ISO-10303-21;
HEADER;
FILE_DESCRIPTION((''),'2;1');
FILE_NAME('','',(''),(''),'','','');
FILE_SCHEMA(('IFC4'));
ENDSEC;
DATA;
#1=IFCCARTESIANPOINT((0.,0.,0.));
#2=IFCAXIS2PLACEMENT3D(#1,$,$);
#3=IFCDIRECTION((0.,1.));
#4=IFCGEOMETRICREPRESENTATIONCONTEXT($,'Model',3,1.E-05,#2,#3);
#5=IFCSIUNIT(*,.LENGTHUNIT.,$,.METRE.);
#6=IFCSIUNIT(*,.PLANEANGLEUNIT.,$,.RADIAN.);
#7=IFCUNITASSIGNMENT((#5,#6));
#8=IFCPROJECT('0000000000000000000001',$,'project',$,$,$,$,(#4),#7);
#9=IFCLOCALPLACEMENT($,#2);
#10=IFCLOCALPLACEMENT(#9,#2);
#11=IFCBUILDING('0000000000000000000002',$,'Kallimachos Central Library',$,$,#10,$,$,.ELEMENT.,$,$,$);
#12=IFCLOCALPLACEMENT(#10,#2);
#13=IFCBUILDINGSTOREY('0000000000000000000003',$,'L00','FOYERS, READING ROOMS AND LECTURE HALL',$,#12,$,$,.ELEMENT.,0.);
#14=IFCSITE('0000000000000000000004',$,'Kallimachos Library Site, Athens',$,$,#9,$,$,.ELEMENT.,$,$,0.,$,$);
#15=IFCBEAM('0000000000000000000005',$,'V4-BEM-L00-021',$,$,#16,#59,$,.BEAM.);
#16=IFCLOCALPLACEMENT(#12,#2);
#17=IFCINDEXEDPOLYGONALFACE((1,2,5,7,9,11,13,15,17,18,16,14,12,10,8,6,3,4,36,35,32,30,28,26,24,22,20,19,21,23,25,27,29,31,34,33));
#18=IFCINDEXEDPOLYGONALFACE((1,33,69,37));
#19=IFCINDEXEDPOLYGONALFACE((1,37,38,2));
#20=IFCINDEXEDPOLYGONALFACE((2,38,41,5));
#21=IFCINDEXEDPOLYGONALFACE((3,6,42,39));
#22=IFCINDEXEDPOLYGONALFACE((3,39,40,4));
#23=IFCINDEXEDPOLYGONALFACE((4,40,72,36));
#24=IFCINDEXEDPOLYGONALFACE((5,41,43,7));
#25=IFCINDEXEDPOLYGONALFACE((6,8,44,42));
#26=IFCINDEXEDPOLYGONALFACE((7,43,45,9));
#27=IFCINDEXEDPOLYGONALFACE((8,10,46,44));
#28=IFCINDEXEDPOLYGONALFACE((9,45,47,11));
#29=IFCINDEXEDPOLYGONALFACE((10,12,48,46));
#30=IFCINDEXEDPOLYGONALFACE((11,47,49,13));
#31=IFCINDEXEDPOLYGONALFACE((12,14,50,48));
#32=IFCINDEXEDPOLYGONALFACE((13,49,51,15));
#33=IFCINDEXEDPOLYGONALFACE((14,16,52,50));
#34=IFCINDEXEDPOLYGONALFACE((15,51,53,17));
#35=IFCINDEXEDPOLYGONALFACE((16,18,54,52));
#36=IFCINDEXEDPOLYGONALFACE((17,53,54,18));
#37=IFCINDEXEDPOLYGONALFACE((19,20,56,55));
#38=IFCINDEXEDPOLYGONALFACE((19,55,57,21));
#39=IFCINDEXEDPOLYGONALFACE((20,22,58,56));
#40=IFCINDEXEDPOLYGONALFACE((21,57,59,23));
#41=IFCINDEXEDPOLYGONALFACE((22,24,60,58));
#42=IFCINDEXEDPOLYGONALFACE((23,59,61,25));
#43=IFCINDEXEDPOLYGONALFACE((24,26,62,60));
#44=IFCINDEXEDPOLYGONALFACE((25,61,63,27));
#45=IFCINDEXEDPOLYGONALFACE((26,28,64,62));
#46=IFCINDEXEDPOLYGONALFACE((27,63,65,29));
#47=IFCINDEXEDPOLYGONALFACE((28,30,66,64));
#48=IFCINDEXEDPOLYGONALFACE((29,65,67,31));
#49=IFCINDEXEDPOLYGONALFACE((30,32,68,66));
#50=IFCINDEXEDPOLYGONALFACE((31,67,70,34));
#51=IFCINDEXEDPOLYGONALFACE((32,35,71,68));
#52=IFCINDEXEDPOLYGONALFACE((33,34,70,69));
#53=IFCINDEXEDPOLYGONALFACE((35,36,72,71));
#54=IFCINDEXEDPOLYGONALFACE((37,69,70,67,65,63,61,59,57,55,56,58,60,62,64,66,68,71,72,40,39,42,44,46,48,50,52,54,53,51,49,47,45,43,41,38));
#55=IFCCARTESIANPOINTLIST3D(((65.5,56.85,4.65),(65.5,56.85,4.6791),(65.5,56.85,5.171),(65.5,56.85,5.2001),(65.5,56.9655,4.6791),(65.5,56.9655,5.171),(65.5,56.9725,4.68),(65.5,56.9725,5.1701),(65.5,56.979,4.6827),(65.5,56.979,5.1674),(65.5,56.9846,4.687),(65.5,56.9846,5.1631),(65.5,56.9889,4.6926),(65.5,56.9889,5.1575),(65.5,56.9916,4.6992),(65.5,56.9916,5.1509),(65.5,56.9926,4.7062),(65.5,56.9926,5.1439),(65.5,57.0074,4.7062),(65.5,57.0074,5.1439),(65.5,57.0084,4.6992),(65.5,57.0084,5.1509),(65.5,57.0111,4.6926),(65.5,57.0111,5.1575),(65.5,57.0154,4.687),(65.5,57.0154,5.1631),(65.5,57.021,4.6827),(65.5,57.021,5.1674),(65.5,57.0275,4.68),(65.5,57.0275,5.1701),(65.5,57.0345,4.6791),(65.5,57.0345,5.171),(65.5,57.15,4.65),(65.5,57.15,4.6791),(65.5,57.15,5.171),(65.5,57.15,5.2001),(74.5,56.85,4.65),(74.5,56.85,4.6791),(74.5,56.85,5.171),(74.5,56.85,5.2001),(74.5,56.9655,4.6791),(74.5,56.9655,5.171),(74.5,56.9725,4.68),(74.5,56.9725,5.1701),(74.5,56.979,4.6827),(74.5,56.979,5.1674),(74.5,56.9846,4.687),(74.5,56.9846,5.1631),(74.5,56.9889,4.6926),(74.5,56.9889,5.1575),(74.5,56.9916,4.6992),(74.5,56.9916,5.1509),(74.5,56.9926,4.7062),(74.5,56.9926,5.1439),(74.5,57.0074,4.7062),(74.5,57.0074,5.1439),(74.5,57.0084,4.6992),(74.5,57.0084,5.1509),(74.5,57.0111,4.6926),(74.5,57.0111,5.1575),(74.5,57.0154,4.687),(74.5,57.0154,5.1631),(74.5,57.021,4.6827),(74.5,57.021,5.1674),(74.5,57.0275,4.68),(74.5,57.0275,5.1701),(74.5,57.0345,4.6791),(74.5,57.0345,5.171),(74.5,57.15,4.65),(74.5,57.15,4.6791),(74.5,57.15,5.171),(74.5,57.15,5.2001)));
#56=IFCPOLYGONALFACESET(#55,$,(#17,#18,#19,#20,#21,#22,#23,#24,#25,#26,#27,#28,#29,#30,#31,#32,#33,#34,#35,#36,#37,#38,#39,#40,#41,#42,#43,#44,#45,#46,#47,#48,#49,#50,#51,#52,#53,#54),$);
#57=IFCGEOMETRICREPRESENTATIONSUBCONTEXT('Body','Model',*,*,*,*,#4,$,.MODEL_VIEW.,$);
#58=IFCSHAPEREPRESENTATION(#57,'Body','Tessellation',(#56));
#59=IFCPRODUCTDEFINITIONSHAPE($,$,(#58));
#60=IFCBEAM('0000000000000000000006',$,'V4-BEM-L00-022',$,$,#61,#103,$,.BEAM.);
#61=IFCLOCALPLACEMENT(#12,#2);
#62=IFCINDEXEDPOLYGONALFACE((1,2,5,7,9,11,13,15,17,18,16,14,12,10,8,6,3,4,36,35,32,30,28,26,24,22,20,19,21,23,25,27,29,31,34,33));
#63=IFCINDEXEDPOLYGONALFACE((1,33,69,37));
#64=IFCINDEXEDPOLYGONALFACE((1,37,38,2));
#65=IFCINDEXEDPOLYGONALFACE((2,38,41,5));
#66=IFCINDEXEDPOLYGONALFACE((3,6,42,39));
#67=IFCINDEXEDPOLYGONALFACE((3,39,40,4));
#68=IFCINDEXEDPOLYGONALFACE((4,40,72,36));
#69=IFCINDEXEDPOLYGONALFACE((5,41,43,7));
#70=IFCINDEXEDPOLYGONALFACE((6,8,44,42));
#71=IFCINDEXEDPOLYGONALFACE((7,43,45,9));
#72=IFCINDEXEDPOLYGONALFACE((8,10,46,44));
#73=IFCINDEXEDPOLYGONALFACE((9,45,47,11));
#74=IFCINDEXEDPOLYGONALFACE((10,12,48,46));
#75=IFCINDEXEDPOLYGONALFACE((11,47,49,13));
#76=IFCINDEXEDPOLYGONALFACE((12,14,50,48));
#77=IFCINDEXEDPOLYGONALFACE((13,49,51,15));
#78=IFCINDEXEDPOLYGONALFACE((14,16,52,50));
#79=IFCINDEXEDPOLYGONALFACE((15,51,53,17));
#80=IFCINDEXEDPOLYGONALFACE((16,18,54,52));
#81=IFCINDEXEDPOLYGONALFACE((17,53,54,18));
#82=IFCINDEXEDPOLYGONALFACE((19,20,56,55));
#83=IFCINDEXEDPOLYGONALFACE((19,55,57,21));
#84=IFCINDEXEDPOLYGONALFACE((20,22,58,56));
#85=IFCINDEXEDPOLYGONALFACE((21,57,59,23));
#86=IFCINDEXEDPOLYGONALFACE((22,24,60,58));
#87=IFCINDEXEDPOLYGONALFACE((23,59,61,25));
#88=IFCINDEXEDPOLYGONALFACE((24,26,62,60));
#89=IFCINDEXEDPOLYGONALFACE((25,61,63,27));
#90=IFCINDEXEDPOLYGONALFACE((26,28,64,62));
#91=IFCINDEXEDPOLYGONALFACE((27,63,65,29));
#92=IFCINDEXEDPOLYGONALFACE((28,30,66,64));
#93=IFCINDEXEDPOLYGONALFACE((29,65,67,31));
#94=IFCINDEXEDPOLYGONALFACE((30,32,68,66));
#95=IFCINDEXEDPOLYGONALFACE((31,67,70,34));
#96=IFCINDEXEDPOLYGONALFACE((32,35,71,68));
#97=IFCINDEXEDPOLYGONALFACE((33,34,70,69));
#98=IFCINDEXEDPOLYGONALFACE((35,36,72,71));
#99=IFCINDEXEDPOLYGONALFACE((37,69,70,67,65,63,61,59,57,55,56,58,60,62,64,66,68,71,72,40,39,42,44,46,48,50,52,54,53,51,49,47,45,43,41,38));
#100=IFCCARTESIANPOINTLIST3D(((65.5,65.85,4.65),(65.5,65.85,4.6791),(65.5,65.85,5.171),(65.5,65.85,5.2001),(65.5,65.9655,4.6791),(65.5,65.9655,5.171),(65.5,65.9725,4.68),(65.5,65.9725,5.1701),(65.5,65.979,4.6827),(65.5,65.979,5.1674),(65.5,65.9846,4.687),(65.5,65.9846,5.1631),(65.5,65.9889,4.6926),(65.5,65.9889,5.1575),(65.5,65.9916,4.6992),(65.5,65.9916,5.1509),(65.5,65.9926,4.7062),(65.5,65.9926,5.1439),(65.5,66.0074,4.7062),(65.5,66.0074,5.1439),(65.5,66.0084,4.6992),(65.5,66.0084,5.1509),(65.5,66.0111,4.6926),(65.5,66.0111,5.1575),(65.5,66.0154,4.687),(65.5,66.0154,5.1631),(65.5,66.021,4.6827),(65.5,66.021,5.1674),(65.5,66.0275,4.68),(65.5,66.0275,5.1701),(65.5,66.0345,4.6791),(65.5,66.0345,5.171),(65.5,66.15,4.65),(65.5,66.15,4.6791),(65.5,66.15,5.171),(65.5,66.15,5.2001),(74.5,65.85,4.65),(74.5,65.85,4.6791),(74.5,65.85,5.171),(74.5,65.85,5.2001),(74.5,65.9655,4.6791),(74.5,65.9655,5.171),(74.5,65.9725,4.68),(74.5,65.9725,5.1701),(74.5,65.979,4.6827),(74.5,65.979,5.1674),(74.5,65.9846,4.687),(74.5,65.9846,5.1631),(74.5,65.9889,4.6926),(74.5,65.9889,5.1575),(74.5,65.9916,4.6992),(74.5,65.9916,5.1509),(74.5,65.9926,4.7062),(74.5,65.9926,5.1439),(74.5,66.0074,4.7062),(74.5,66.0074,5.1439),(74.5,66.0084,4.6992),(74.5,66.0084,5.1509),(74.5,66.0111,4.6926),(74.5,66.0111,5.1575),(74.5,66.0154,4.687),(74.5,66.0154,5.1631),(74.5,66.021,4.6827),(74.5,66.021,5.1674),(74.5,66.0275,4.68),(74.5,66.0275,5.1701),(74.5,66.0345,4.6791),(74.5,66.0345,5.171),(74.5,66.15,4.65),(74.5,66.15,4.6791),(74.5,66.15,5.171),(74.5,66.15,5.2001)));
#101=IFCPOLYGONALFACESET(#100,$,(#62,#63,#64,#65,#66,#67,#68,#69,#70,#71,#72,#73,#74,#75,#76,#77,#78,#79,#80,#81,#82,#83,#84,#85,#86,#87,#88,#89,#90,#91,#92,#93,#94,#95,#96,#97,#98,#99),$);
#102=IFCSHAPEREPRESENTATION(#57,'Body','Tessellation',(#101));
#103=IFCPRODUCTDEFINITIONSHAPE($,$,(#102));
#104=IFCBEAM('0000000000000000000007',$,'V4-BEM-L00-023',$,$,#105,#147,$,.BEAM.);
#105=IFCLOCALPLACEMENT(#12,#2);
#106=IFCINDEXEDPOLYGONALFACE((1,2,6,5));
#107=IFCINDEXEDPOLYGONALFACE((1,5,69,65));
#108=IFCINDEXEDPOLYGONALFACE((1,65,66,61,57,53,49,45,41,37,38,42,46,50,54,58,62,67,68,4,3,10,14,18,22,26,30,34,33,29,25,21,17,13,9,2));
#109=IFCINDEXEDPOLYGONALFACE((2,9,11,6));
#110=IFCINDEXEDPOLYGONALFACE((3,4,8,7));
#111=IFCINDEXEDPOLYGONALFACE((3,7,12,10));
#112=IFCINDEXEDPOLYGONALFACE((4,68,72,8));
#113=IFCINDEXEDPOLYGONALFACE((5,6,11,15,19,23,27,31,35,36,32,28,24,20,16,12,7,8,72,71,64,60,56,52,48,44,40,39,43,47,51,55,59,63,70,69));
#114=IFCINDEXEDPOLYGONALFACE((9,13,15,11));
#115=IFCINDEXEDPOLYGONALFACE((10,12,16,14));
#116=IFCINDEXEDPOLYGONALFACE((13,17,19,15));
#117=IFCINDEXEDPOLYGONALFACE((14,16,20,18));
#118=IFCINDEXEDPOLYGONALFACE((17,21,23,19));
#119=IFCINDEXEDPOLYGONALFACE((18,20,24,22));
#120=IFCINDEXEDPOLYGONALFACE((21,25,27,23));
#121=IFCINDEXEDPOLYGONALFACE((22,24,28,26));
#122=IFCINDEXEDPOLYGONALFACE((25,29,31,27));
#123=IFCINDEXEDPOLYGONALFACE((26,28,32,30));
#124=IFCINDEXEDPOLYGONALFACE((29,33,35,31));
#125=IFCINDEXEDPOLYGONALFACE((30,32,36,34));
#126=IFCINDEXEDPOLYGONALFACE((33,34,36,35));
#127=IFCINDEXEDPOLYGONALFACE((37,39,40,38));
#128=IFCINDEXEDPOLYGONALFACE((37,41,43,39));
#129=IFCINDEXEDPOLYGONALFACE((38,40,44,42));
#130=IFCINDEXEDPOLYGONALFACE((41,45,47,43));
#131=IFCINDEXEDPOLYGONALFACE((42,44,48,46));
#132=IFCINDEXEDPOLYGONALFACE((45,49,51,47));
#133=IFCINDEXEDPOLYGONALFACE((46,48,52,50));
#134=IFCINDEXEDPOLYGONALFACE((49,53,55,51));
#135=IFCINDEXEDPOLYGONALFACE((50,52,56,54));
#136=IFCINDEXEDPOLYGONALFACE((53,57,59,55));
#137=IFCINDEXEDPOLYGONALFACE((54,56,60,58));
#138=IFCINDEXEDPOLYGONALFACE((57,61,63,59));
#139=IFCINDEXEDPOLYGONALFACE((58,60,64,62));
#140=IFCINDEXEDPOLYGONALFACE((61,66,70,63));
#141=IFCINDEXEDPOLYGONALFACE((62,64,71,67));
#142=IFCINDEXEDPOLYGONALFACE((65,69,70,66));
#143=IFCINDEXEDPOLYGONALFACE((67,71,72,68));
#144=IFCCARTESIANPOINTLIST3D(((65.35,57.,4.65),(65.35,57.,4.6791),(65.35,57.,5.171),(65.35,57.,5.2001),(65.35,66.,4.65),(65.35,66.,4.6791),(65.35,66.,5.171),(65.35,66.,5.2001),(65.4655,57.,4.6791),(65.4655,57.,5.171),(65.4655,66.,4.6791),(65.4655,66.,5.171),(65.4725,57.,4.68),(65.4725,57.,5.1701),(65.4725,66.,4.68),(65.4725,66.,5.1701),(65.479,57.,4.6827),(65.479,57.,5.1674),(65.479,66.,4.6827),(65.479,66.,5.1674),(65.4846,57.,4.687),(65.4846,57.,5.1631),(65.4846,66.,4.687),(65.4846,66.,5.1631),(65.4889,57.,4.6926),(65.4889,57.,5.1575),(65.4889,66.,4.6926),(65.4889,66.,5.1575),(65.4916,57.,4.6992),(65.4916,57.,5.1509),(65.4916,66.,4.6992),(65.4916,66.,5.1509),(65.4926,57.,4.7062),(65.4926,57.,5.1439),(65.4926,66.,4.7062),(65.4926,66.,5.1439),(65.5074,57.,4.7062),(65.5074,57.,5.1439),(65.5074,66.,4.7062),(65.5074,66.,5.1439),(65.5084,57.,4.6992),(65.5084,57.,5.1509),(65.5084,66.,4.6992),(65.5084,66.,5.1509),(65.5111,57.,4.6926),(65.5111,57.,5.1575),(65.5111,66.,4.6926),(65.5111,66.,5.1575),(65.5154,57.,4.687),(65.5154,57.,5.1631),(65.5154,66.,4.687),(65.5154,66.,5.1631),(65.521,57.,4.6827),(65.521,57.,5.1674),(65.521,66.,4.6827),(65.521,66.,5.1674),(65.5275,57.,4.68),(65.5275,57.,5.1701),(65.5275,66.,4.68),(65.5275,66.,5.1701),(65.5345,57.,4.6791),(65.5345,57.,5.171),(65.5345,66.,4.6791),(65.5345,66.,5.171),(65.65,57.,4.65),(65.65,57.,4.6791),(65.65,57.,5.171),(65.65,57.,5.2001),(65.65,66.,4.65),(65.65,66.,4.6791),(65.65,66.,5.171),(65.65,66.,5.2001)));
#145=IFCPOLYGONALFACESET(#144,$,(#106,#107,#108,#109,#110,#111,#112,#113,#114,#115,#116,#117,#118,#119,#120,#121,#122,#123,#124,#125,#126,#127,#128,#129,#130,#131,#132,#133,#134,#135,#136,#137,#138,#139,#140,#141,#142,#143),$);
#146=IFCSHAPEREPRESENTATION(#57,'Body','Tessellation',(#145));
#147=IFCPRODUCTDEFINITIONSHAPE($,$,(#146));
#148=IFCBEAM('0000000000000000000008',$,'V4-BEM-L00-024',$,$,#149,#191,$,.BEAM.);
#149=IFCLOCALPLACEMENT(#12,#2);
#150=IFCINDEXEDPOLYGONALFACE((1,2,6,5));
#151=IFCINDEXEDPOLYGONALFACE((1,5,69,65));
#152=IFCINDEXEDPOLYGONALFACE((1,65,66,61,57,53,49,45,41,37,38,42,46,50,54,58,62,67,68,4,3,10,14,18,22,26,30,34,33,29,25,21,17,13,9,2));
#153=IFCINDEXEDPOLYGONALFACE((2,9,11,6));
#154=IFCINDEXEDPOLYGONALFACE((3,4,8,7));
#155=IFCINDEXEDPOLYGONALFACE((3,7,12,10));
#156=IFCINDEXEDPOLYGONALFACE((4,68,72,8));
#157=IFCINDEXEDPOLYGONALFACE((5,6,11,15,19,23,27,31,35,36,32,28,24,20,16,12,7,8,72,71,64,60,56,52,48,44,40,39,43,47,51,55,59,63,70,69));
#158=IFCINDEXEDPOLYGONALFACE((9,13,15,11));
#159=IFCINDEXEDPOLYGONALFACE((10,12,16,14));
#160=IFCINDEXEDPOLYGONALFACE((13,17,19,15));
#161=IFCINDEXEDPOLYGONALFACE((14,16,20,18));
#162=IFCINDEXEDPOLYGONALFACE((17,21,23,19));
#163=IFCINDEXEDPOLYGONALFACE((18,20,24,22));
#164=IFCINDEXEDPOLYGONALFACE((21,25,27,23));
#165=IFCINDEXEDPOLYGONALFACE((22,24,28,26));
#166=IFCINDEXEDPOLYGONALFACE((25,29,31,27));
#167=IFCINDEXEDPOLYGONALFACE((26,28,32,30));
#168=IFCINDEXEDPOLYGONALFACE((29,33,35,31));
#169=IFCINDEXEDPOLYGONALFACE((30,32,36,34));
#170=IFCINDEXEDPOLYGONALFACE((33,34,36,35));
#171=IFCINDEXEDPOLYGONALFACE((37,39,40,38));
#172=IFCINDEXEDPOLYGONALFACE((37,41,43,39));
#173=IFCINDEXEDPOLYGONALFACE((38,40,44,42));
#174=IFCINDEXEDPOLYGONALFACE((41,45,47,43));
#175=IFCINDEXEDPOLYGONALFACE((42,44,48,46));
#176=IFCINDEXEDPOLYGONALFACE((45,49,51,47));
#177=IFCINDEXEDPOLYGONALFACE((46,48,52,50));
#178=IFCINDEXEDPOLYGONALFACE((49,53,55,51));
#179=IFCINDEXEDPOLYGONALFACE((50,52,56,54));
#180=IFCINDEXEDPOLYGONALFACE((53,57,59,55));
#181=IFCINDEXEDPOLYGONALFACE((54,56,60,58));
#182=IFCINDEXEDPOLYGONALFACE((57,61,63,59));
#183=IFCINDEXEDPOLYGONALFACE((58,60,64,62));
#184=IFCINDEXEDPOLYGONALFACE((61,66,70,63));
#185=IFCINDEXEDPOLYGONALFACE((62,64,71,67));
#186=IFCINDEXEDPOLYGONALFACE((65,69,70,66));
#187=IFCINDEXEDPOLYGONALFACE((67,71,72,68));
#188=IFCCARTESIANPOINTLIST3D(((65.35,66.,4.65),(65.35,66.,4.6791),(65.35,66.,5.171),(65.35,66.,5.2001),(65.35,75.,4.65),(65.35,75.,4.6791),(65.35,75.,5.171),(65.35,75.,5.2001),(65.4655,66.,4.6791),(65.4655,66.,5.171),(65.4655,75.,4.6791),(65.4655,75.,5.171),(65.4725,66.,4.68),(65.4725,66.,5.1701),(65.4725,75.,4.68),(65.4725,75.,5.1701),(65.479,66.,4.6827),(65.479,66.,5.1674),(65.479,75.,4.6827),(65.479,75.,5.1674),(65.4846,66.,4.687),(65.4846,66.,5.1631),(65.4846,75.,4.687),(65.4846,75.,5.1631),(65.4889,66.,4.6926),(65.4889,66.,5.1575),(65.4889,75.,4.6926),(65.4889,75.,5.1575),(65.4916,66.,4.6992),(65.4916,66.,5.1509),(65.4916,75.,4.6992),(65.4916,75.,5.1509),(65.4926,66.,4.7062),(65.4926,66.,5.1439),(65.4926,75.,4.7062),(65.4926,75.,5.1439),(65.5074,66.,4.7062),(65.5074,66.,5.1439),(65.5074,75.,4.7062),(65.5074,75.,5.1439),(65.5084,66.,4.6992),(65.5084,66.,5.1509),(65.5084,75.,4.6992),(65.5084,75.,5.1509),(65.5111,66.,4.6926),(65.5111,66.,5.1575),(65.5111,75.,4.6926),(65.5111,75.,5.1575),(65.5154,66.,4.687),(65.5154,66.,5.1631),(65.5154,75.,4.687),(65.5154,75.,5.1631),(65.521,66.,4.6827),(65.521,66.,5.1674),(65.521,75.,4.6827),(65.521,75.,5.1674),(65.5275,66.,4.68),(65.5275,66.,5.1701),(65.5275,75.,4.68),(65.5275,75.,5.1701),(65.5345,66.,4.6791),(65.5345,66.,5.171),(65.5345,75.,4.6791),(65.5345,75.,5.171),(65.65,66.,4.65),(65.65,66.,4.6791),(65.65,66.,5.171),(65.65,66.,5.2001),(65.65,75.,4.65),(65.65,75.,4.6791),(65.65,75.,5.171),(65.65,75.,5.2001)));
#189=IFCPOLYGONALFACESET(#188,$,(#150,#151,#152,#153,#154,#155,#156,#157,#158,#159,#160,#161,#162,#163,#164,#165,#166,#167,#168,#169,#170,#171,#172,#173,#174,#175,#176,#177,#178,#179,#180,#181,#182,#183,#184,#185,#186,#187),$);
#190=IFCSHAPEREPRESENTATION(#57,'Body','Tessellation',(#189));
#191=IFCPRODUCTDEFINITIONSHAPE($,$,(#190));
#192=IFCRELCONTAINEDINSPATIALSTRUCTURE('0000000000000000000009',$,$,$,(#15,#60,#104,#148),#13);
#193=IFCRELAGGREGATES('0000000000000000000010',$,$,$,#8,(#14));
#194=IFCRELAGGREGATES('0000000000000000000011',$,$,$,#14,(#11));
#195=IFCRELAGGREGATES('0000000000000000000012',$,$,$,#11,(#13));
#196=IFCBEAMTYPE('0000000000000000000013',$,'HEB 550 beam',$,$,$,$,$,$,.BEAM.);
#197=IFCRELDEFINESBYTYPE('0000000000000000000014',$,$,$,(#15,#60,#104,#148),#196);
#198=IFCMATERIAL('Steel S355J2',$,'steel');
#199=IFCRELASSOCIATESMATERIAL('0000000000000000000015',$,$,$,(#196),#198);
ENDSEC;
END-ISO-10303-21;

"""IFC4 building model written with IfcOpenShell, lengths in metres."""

from ifc_helpers import new_model, si_unit, direction, frame, origin, origin_2d, place, context, subcontext, project, spatial, i_section, extrude, material, material_profile, profile_set, type_object, element, save


model = new_model("IFC4")

# Units and contexts
model_context = context("Model", 3, precision=1e-05, world=origin(), true_north=direction((0.0, 1.0)))
body_context = subcontext(model_context, "Body", "Model", "MODEL_VIEW")
ifc_project = project(units=[si_unit("LENGTHUNIT", "METRE"), si_unit("PLANEANGLEUNIT", "RADIAN")], contexts=[model_context])

# Site, building, storey
site_placement = place(None, origin())
site = spatial("IfcSite", under=ifc_project, at=site_placement, Name="Kallimachos Library Site, Athens", CompositionType="ELEMENT", RefElevation=0.0)
building_placement = place(site_placement, origin())
building = spatial("IfcBuilding", under=site, at=building_placement, Name="Kallimachos Central Library", CompositionType="ELEMENT")
storey_placement = place(building_placement, origin())
storey = spatial("IfcBuildingStorey", under=building, at=storey_placement, Name="L00", Description="FOYERS, READING ROOMS AND LECTURE HALL", CompositionType="ELEMENT", Elevation=0.0)

# Beams
ifc_material_1 = material(Name="Steel S355J2", Category="steel")
ifc_material_profile_1 = material_profile(ifc_material_1, i_section(OverallWidth=0.3, OverallDepth=0.55, WebThickness=0.0149, FlangeThickness=0.0291, FilletRadius=0.0271, at=origin_2d()), Name="HEB 550")
ifc_profile_set_1 = profile_set([ifc_material_profile_1], Name="Steel S355J2")
beam_type_1 = type_object("IfcBeamType", Name="HEB 550 beam", PredefinedType="BEAM", material=ifc_profile_set_1)
for number, where, z_axis, x_axis, name in (
    (1, (65.5, 57.0, 4.925), (1.0, 0.0, 0.0), (0.0, 1.0, 0.0), "V4-BEM-L00-021"),
    (2, (65.5, 66.0, 4.925), (1.0, 0.0, 0.0), (0.0, 1.0, 0.0), "V4-BEM-L00-022"),
    (3, (65.5, 57.0, 4.925), (0.0, 1.0, 0.0), (-1.0, 0.0, 0.0), "V4-BEM-L00-023"),
    (4, (65.5, 66.0, 4.925), (0.0, 1.0, 0.0), (-1.0, 0.0, 0.0), "V4-BEM-L00-024"),
):
    element("IfcBeam", number, at=place(storey_placement, frame(where, z_axis=z_axis, x_axis=x_axis)), inside=storey, type_object=beam_type_1, Name=name, PredefinedType="BEAM", context=body_context, shape_type="SweptSolid", body=[
        extrude(i_section(OverallWidth=0.3, OverallDepth=0.55, WebThickness=0.0149, FlangeThickness=0.0291, FilletRadius=0.0271, at=origin_2d()), origin(), (0.0, 0.0, 1.0), 9.0),
    ])

save(model, "model.ifc")
